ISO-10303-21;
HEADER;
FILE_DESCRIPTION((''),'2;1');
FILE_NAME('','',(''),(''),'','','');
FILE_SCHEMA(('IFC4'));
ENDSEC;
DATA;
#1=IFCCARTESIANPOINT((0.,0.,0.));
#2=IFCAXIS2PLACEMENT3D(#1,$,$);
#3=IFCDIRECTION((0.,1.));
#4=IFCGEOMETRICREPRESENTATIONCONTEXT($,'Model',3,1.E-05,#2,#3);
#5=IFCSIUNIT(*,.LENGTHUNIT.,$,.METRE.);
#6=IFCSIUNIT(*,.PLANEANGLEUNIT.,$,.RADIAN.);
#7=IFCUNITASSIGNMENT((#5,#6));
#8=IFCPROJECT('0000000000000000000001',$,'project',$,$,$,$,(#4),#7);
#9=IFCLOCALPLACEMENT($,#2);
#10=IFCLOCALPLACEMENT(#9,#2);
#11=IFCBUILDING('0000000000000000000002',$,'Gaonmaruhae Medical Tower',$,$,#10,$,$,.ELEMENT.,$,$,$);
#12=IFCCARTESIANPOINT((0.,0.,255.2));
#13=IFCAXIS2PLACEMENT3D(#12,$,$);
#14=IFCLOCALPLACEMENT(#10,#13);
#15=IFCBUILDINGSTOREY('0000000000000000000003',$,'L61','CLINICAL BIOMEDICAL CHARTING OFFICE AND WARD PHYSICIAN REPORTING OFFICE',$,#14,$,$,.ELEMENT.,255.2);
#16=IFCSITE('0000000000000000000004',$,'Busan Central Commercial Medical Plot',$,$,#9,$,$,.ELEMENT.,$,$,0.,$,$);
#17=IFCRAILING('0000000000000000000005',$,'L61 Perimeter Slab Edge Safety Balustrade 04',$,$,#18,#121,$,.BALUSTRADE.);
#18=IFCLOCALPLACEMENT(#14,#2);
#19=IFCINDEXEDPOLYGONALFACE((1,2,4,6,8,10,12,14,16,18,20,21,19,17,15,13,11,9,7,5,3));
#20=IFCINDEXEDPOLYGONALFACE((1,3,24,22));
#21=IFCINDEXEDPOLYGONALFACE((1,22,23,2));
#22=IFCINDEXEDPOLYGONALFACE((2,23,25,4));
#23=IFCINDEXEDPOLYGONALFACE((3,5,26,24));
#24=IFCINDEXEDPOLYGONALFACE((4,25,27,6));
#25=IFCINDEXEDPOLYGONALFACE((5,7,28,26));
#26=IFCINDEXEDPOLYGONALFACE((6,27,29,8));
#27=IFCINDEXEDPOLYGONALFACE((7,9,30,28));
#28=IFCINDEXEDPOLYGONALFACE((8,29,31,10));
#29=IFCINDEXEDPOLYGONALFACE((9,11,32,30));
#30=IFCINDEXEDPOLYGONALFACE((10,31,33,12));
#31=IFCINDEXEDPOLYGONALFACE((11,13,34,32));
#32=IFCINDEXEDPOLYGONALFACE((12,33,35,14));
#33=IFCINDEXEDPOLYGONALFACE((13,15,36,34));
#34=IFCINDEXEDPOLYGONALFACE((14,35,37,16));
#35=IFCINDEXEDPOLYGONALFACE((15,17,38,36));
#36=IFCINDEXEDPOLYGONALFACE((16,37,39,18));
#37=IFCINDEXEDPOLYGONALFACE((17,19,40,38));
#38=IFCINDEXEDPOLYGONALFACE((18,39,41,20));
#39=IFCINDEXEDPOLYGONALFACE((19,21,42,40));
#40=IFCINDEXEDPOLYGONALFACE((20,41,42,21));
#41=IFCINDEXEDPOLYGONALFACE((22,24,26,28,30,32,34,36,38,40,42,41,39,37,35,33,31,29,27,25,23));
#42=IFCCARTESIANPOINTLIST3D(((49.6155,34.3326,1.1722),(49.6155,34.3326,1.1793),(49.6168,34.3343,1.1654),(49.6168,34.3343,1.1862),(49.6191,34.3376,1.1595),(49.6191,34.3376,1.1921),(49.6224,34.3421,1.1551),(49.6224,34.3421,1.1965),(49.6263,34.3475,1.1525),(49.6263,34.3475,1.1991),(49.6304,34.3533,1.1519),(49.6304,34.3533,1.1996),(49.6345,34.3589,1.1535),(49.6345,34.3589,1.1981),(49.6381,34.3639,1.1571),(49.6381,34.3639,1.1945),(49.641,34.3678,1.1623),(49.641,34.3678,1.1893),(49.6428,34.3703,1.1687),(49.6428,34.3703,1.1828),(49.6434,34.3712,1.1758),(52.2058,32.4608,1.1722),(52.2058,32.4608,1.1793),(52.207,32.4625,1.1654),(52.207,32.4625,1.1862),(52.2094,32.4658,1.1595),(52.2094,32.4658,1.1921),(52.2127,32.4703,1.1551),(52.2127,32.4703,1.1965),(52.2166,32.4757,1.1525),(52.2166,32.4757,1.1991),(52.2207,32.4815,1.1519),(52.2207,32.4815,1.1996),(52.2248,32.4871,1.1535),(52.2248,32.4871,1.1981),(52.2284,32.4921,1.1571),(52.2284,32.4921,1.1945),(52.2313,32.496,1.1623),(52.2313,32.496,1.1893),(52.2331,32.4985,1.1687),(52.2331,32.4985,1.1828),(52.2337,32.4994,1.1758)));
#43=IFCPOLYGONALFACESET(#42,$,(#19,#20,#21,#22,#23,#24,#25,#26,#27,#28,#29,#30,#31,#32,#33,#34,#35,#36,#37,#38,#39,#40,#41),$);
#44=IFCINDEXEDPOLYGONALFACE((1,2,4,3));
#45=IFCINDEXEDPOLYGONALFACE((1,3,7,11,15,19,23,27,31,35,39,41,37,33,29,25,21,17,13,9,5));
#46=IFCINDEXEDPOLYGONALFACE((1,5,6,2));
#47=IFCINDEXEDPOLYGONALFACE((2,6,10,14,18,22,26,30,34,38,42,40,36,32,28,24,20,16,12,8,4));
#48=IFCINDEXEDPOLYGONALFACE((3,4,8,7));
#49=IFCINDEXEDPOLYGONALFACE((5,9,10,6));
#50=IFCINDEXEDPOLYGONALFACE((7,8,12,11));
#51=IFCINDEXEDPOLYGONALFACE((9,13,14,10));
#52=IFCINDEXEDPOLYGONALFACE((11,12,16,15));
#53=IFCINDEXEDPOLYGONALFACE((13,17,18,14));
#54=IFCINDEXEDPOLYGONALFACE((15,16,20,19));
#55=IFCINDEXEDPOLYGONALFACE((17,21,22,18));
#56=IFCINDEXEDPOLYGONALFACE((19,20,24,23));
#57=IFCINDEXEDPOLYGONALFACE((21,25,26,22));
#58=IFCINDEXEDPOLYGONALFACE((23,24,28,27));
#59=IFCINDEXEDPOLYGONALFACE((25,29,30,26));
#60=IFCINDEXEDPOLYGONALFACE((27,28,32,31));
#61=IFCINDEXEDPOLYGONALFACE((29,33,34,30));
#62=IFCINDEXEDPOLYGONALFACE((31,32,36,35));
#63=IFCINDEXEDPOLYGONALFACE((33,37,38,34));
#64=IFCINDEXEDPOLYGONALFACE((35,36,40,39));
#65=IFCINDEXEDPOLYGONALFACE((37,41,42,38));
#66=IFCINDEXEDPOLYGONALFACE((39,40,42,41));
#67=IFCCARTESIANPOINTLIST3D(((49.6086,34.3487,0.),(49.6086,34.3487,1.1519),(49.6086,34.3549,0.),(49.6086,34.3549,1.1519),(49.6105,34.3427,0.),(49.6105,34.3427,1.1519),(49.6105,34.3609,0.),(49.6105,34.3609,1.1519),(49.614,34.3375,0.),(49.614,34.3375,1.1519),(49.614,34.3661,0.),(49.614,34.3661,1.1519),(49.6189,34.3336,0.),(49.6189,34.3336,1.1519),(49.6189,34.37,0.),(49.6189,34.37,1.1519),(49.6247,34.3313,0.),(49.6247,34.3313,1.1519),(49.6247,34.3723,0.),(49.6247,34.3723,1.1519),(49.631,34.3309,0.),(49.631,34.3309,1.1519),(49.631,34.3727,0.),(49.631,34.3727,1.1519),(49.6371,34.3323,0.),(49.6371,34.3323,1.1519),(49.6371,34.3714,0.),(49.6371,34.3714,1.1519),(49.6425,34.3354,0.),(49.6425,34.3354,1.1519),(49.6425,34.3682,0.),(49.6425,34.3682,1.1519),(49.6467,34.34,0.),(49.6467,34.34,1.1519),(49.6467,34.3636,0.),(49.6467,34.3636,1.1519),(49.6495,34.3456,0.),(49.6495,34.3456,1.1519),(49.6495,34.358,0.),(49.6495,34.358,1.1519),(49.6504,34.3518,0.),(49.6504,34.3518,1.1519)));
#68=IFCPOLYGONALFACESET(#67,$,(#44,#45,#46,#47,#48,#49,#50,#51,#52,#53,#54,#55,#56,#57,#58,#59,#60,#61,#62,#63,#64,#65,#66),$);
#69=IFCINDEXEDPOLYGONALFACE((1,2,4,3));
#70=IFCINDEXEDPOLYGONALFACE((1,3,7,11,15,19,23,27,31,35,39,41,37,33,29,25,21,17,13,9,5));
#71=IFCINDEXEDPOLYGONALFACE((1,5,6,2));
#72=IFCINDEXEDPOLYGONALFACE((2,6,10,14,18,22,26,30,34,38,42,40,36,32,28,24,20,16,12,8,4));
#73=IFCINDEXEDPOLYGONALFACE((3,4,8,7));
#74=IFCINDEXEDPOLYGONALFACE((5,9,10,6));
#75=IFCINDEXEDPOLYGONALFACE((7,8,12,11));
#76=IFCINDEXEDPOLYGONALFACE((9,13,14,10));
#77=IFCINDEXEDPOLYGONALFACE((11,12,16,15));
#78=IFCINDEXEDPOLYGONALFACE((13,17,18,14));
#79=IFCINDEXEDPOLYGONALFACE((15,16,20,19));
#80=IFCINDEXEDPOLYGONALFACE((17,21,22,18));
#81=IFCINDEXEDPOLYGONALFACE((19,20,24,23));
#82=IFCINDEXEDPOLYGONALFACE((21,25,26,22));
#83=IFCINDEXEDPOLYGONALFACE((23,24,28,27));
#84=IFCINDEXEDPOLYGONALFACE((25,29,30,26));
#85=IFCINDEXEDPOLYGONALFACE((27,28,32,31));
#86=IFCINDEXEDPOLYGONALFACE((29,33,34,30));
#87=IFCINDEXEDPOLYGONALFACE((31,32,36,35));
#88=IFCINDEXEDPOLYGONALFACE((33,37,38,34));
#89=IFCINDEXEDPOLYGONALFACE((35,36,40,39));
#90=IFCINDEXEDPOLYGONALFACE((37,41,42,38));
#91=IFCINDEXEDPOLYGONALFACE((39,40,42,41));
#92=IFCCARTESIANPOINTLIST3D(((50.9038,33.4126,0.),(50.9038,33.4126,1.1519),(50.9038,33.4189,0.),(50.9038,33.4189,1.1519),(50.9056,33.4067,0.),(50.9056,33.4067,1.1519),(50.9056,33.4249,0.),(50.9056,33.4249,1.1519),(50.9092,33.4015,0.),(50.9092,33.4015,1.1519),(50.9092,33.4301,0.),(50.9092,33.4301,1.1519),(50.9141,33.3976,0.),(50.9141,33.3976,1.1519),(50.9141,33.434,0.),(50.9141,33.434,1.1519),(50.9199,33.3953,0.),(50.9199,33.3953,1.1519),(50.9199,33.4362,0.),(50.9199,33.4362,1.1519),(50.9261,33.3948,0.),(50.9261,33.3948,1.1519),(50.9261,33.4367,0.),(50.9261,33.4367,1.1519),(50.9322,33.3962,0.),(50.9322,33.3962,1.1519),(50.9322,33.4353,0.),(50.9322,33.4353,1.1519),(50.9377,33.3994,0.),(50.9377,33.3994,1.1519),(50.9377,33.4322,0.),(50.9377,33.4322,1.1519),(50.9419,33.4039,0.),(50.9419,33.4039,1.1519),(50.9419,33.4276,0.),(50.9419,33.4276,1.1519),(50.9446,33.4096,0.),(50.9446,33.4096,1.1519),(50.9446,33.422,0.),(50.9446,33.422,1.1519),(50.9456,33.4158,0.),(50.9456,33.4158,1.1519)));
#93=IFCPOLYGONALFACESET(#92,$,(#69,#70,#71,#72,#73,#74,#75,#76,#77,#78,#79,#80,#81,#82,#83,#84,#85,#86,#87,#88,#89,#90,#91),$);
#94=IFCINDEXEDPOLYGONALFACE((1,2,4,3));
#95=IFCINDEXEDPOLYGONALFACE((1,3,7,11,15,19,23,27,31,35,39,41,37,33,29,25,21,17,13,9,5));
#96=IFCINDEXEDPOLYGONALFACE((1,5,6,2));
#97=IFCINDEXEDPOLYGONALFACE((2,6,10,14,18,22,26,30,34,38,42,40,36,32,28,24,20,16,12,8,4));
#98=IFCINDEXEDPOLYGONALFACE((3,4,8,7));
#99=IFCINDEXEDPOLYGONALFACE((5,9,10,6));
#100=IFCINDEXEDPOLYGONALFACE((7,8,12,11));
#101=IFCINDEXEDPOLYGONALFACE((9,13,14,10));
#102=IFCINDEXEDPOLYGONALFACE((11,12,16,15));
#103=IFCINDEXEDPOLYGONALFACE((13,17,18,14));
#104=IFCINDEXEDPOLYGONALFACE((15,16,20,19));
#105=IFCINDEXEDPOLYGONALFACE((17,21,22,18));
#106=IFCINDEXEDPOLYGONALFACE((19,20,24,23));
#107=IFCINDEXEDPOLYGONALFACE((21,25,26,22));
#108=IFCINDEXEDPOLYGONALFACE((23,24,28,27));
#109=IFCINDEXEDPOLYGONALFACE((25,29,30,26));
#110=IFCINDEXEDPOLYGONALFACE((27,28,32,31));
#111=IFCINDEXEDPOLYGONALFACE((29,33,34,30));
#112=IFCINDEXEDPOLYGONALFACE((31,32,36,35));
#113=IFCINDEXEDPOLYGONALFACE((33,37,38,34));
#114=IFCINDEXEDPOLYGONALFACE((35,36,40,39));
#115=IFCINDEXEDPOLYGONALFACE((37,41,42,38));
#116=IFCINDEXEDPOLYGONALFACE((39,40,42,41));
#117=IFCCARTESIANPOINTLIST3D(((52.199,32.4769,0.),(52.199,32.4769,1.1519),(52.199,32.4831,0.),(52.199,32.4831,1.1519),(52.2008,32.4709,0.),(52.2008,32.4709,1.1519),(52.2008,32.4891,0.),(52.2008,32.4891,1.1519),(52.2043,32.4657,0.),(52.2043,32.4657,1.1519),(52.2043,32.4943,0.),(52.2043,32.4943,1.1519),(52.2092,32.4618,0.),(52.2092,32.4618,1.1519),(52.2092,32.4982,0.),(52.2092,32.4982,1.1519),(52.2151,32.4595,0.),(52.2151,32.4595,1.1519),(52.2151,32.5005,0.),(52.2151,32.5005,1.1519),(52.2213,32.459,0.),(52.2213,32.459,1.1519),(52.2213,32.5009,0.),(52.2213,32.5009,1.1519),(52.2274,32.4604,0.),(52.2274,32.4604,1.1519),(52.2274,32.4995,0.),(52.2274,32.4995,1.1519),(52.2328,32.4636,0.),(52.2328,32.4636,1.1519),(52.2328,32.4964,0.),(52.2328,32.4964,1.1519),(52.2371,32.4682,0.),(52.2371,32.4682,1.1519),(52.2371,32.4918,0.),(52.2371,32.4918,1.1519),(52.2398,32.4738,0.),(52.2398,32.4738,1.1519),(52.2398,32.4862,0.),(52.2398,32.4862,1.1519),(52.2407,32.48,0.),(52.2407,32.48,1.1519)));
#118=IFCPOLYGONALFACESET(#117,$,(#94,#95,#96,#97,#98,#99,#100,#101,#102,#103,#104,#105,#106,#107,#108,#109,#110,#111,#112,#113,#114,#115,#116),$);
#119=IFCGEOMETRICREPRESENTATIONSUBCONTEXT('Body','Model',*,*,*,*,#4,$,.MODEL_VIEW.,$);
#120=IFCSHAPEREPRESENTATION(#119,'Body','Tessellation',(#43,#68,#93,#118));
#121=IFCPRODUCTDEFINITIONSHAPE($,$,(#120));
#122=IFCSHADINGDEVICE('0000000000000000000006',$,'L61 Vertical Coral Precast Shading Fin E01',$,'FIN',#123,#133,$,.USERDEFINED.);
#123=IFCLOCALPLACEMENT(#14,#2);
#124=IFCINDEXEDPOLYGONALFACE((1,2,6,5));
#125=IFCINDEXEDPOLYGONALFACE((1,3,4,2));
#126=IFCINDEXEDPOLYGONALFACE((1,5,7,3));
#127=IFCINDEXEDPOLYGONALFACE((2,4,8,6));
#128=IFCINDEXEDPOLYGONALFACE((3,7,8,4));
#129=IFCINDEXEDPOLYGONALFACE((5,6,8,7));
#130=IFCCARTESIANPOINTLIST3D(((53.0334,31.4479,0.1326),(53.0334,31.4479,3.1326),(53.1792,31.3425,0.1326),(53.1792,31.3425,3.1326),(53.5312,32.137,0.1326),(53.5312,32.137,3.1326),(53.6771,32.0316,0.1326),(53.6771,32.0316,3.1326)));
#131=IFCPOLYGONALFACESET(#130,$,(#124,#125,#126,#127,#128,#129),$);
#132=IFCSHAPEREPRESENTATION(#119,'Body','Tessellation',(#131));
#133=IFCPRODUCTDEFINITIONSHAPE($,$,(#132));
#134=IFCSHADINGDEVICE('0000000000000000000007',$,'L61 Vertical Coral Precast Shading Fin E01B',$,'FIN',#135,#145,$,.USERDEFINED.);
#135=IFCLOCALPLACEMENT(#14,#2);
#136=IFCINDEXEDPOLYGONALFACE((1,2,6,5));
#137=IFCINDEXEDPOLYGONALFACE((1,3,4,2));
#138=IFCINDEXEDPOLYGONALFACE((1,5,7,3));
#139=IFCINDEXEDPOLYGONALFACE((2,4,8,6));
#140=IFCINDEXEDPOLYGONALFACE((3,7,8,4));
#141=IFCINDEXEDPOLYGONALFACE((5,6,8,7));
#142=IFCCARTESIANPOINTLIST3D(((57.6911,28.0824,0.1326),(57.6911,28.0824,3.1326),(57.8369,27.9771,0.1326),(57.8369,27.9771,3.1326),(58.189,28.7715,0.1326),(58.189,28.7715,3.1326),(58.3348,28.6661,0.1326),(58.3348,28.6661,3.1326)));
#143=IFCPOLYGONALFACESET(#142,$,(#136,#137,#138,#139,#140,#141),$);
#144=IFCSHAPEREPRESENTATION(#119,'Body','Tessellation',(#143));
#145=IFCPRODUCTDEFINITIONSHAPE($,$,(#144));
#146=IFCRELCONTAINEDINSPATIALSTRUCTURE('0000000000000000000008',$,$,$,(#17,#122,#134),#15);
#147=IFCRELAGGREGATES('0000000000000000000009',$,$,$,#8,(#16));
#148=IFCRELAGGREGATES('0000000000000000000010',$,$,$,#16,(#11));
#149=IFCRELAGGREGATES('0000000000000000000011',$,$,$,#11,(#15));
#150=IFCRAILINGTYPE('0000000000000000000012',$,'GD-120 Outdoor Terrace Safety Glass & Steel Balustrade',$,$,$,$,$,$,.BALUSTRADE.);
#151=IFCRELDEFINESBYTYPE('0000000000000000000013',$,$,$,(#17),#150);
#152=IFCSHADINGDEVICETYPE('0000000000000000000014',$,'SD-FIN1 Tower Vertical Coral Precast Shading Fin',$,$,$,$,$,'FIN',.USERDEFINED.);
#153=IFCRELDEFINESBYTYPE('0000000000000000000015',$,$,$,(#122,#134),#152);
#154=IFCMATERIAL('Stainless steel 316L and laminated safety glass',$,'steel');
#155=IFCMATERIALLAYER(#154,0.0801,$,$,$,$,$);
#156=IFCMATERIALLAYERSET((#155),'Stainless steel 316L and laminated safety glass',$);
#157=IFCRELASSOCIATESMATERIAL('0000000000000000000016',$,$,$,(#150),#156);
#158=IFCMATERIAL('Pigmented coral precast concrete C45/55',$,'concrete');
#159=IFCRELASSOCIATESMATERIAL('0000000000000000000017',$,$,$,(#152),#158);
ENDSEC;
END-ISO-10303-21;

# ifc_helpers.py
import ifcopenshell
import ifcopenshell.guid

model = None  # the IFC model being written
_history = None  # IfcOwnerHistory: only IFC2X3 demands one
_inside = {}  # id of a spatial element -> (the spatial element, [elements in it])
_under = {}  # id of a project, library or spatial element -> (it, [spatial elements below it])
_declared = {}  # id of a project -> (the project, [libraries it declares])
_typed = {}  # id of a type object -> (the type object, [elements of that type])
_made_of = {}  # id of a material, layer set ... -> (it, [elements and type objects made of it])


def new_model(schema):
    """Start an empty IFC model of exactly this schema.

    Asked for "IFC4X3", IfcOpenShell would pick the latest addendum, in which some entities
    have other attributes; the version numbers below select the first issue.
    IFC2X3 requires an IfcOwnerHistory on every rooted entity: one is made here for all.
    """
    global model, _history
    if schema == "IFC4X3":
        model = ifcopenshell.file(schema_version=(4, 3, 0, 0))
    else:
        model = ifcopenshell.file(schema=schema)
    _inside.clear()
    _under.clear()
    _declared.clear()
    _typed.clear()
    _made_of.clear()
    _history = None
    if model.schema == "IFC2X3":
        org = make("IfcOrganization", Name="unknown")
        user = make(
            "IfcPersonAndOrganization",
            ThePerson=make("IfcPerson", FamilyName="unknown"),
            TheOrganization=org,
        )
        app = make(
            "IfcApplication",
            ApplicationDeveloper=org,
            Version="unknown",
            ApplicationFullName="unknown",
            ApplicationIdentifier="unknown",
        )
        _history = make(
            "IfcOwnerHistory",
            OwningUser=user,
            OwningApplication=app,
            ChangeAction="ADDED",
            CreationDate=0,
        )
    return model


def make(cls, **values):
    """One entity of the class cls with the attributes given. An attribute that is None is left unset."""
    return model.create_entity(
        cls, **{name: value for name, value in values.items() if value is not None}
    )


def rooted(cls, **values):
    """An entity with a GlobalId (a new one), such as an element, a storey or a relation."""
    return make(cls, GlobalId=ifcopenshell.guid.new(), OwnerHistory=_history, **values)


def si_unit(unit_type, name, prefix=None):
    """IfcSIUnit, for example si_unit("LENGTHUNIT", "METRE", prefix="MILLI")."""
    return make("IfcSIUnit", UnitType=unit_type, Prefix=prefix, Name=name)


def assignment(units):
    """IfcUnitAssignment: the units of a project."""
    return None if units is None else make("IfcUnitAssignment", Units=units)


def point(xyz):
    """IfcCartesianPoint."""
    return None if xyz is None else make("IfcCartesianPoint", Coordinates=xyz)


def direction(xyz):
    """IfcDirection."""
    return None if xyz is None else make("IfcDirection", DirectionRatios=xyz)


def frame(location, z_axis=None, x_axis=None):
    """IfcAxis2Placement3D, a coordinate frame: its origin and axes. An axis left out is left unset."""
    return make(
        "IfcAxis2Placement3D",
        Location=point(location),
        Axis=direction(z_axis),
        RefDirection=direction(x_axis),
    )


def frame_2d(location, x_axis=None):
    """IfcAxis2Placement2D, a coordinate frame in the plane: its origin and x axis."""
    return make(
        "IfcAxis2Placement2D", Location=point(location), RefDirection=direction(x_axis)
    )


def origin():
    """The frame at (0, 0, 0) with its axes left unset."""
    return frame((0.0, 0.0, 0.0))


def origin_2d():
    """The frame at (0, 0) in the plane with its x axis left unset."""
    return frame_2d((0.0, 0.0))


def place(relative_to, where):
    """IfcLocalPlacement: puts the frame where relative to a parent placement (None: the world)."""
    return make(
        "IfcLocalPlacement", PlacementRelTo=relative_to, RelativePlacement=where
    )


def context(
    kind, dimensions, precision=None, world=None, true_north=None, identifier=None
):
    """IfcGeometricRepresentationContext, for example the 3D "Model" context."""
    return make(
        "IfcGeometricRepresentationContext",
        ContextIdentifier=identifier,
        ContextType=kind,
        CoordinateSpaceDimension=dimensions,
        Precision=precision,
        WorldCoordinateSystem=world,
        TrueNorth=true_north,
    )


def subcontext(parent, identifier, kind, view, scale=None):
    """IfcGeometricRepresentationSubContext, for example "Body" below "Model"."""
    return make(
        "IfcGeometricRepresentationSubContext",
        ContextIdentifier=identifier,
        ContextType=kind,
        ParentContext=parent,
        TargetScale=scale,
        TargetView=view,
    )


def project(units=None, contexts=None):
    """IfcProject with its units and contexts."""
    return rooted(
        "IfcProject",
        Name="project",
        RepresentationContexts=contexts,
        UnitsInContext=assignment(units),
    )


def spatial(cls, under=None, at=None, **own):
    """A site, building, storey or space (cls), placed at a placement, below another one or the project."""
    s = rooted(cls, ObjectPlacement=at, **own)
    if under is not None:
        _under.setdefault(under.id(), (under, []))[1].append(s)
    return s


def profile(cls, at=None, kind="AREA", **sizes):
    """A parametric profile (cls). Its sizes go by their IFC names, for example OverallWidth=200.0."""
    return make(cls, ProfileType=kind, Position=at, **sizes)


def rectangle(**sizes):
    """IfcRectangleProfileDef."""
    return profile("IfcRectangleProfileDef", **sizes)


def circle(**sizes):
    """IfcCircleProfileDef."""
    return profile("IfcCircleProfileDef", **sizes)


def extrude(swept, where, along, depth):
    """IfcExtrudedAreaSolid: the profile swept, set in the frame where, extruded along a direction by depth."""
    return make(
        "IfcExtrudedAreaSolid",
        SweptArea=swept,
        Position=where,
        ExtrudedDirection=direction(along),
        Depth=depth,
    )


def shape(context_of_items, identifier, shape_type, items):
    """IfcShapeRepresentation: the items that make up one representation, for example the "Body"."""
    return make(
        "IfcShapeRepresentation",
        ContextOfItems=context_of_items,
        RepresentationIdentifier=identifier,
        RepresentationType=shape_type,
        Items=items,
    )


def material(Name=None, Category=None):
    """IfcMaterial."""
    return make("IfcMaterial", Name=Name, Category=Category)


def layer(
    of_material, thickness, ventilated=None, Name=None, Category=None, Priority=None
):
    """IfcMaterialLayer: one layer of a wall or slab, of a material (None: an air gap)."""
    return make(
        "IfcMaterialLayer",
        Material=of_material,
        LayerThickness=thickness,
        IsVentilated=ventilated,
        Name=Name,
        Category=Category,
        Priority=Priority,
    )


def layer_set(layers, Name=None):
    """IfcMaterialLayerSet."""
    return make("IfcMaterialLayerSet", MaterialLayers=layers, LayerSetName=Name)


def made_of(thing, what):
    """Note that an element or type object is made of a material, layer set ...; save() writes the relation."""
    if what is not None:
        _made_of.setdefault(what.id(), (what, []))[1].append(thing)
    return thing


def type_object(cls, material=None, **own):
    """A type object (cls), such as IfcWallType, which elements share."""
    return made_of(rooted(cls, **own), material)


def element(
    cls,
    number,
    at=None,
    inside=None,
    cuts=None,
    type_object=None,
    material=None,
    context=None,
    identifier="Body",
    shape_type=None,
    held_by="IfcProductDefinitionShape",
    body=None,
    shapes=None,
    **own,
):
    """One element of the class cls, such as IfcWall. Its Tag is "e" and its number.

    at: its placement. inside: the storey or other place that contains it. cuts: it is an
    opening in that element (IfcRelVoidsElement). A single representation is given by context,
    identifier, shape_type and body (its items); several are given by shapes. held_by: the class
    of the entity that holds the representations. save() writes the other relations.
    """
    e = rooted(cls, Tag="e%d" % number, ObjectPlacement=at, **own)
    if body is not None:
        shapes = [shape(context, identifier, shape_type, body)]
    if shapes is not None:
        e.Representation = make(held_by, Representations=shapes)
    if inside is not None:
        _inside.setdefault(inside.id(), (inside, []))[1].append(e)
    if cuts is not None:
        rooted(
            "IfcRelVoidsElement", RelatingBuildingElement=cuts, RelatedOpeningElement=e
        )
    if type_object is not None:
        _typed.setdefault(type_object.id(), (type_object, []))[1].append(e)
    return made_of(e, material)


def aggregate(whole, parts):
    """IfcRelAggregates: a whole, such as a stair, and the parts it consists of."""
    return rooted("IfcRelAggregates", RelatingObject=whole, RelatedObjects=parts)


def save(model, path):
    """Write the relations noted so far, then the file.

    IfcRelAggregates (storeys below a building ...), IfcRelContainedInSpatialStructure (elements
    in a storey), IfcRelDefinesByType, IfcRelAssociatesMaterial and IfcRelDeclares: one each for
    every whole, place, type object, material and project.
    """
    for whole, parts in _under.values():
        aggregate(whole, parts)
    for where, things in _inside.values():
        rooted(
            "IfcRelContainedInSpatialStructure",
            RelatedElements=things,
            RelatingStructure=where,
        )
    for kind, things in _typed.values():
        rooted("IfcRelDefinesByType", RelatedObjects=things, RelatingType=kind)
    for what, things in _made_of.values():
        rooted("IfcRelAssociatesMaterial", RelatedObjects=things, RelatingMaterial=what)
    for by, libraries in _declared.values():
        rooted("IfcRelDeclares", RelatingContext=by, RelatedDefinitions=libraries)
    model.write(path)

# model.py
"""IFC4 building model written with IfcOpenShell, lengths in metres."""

from ifc_helpers import new_model, si_unit, direction, frame, origin, origin_2d, place, context, subcontext, project, spatial, rectangle, circle, extrude, material, layer, layer_set, type_object, element, save


model = new_model("IFC4")

# Units and contexts
model_context = context("Model", 3, precision=1e-05, world=origin(), true_north=direction((0.0, 1.0)))
body_context = subcontext(model_context, "Body", "Model", "MODEL_VIEW")
ifc_project = project(units=[si_unit("LENGTHUNIT", "METRE"), si_unit("PLANEANGLEUNIT", "RADIAN")], contexts=[model_context])

# Site, building, storey
site_placement = place(None, origin())
site = spatial("IfcSite", under=ifc_project, at=site_placement, Name="Busan Central Commercial Medical Plot", CompositionType="ELEMENT", RefElevation=0.0)
building_placement = place(site_placement, origin())
building = spatial("IfcBuilding", under=site, at=building_placement, Name="Gaonmaruhae Medical Tower", CompositionType="ELEMENT")
storey_placement = place(building_placement, frame((0.0, 0.0, 255.2)))
storey = spatial("IfcBuildingStorey", under=building, at=storey_placement, Name="L61", Description="CLINICAL BIOMEDICAL CHARTING OFFICE AND WARD PHYSICIAN REPORTING OFFICE", CompositionType="ELEMENT", Elevation=255.2)

# Railing
ifc_material_1 = material(Name="Stainless steel 316L and laminated safety glass", Category="steel")
ifc_layer_1 = layer(ifc_material_1, 0.0801)
ifc_layer_set_1 = layer_set([ifc_layer_1], Name="Stainless steel 316L and laminated safety glass")
railing_type = type_object("IfcRailingType", Name="GD-120 Outdoor Terrace Safety Glass & Steel Balustrade", PredefinedType="BALUSTRADE", material=ifc_layer_set_1)
railing_1_placement = place(storey_placement, frame((49.6294, 34.3518, 0.0)))
element("IfcRailing", 1, at=railing_1_placement, inside=storey, type_object=railing_type, Name="L61 Perimeter Slab Edge Safety Balustrade 04", PredefinedType="BALUSTRADE", context=body_context, shape_type="SweptSolid", body=[
    extrude(circle(Radius=0.0239, at=origin_2d()), frame((0.0, 0.0, 1.1758), z_axis=(0.810526, -0.585703, 0.0), x_axis=(0.585703, 0.810526, 0.0)), (0.0, 0.0, 1.0), 3.1958),
    extrude(circle(Radius=0.021, at=origin_2d()), origin(), (0.0, 0.0, 1.0), 1.1519),
    extrude(circle(Radius=0.021, at=origin_2d()), frame((1.2952, -0.936, 0.0)), (0.0, 0.0, 1.0), 1.1519),
    extrude(circle(Radius=0.021, at=origin_2d()), frame((2.5903, -1.8718, 0.0)), (0.0, 0.0, 1.0), 1.1519),
])

# Shading devices
ifc_material_2 = material(Name="Pigmented coral precast concrete C45/55", Category="concrete")
shading_device_type = type_object("IfcShadingDeviceType", Name="SD-FIN1 Tower Vertical Coral Precast Shading Fin", ElementType="FIN", PredefinedType="USERDEFINED", material=ifc_material_2)
for number, where, z_axis, x_axis, name in (
    (2, (53.3552, 31.7397, 0.1326), (0.0, 0.0, 1.0), (0.810553, -0.585665, 0.0), "L61 Vertical Coral Precast Shading Fin E01"),
    (3, (58.0129, 28.3743, 0.1326), (0.0, 0.0, 1.0), (0.810553, -0.585665, 0.0), "L61 Vertical Coral Precast Shading Fin E01B"),
):
    element("IfcShadingDevice", number, at=place(storey_placement, frame(where, z_axis=z_axis, x_axis=x_axis)), inside=storey, type_object=shading_device_type, Name=name, ObjectType="FIN", PredefinedType="USERDEFINED", context=body_context, shape_type="SweptSolid", body=[
        extrude(rectangle(XDim=0.1799, YDim=0.8501, at=origin_2d()), origin(), (0.0, 0.0, 1.0), 3.0),
    ])

save(model, "model.ifc")
